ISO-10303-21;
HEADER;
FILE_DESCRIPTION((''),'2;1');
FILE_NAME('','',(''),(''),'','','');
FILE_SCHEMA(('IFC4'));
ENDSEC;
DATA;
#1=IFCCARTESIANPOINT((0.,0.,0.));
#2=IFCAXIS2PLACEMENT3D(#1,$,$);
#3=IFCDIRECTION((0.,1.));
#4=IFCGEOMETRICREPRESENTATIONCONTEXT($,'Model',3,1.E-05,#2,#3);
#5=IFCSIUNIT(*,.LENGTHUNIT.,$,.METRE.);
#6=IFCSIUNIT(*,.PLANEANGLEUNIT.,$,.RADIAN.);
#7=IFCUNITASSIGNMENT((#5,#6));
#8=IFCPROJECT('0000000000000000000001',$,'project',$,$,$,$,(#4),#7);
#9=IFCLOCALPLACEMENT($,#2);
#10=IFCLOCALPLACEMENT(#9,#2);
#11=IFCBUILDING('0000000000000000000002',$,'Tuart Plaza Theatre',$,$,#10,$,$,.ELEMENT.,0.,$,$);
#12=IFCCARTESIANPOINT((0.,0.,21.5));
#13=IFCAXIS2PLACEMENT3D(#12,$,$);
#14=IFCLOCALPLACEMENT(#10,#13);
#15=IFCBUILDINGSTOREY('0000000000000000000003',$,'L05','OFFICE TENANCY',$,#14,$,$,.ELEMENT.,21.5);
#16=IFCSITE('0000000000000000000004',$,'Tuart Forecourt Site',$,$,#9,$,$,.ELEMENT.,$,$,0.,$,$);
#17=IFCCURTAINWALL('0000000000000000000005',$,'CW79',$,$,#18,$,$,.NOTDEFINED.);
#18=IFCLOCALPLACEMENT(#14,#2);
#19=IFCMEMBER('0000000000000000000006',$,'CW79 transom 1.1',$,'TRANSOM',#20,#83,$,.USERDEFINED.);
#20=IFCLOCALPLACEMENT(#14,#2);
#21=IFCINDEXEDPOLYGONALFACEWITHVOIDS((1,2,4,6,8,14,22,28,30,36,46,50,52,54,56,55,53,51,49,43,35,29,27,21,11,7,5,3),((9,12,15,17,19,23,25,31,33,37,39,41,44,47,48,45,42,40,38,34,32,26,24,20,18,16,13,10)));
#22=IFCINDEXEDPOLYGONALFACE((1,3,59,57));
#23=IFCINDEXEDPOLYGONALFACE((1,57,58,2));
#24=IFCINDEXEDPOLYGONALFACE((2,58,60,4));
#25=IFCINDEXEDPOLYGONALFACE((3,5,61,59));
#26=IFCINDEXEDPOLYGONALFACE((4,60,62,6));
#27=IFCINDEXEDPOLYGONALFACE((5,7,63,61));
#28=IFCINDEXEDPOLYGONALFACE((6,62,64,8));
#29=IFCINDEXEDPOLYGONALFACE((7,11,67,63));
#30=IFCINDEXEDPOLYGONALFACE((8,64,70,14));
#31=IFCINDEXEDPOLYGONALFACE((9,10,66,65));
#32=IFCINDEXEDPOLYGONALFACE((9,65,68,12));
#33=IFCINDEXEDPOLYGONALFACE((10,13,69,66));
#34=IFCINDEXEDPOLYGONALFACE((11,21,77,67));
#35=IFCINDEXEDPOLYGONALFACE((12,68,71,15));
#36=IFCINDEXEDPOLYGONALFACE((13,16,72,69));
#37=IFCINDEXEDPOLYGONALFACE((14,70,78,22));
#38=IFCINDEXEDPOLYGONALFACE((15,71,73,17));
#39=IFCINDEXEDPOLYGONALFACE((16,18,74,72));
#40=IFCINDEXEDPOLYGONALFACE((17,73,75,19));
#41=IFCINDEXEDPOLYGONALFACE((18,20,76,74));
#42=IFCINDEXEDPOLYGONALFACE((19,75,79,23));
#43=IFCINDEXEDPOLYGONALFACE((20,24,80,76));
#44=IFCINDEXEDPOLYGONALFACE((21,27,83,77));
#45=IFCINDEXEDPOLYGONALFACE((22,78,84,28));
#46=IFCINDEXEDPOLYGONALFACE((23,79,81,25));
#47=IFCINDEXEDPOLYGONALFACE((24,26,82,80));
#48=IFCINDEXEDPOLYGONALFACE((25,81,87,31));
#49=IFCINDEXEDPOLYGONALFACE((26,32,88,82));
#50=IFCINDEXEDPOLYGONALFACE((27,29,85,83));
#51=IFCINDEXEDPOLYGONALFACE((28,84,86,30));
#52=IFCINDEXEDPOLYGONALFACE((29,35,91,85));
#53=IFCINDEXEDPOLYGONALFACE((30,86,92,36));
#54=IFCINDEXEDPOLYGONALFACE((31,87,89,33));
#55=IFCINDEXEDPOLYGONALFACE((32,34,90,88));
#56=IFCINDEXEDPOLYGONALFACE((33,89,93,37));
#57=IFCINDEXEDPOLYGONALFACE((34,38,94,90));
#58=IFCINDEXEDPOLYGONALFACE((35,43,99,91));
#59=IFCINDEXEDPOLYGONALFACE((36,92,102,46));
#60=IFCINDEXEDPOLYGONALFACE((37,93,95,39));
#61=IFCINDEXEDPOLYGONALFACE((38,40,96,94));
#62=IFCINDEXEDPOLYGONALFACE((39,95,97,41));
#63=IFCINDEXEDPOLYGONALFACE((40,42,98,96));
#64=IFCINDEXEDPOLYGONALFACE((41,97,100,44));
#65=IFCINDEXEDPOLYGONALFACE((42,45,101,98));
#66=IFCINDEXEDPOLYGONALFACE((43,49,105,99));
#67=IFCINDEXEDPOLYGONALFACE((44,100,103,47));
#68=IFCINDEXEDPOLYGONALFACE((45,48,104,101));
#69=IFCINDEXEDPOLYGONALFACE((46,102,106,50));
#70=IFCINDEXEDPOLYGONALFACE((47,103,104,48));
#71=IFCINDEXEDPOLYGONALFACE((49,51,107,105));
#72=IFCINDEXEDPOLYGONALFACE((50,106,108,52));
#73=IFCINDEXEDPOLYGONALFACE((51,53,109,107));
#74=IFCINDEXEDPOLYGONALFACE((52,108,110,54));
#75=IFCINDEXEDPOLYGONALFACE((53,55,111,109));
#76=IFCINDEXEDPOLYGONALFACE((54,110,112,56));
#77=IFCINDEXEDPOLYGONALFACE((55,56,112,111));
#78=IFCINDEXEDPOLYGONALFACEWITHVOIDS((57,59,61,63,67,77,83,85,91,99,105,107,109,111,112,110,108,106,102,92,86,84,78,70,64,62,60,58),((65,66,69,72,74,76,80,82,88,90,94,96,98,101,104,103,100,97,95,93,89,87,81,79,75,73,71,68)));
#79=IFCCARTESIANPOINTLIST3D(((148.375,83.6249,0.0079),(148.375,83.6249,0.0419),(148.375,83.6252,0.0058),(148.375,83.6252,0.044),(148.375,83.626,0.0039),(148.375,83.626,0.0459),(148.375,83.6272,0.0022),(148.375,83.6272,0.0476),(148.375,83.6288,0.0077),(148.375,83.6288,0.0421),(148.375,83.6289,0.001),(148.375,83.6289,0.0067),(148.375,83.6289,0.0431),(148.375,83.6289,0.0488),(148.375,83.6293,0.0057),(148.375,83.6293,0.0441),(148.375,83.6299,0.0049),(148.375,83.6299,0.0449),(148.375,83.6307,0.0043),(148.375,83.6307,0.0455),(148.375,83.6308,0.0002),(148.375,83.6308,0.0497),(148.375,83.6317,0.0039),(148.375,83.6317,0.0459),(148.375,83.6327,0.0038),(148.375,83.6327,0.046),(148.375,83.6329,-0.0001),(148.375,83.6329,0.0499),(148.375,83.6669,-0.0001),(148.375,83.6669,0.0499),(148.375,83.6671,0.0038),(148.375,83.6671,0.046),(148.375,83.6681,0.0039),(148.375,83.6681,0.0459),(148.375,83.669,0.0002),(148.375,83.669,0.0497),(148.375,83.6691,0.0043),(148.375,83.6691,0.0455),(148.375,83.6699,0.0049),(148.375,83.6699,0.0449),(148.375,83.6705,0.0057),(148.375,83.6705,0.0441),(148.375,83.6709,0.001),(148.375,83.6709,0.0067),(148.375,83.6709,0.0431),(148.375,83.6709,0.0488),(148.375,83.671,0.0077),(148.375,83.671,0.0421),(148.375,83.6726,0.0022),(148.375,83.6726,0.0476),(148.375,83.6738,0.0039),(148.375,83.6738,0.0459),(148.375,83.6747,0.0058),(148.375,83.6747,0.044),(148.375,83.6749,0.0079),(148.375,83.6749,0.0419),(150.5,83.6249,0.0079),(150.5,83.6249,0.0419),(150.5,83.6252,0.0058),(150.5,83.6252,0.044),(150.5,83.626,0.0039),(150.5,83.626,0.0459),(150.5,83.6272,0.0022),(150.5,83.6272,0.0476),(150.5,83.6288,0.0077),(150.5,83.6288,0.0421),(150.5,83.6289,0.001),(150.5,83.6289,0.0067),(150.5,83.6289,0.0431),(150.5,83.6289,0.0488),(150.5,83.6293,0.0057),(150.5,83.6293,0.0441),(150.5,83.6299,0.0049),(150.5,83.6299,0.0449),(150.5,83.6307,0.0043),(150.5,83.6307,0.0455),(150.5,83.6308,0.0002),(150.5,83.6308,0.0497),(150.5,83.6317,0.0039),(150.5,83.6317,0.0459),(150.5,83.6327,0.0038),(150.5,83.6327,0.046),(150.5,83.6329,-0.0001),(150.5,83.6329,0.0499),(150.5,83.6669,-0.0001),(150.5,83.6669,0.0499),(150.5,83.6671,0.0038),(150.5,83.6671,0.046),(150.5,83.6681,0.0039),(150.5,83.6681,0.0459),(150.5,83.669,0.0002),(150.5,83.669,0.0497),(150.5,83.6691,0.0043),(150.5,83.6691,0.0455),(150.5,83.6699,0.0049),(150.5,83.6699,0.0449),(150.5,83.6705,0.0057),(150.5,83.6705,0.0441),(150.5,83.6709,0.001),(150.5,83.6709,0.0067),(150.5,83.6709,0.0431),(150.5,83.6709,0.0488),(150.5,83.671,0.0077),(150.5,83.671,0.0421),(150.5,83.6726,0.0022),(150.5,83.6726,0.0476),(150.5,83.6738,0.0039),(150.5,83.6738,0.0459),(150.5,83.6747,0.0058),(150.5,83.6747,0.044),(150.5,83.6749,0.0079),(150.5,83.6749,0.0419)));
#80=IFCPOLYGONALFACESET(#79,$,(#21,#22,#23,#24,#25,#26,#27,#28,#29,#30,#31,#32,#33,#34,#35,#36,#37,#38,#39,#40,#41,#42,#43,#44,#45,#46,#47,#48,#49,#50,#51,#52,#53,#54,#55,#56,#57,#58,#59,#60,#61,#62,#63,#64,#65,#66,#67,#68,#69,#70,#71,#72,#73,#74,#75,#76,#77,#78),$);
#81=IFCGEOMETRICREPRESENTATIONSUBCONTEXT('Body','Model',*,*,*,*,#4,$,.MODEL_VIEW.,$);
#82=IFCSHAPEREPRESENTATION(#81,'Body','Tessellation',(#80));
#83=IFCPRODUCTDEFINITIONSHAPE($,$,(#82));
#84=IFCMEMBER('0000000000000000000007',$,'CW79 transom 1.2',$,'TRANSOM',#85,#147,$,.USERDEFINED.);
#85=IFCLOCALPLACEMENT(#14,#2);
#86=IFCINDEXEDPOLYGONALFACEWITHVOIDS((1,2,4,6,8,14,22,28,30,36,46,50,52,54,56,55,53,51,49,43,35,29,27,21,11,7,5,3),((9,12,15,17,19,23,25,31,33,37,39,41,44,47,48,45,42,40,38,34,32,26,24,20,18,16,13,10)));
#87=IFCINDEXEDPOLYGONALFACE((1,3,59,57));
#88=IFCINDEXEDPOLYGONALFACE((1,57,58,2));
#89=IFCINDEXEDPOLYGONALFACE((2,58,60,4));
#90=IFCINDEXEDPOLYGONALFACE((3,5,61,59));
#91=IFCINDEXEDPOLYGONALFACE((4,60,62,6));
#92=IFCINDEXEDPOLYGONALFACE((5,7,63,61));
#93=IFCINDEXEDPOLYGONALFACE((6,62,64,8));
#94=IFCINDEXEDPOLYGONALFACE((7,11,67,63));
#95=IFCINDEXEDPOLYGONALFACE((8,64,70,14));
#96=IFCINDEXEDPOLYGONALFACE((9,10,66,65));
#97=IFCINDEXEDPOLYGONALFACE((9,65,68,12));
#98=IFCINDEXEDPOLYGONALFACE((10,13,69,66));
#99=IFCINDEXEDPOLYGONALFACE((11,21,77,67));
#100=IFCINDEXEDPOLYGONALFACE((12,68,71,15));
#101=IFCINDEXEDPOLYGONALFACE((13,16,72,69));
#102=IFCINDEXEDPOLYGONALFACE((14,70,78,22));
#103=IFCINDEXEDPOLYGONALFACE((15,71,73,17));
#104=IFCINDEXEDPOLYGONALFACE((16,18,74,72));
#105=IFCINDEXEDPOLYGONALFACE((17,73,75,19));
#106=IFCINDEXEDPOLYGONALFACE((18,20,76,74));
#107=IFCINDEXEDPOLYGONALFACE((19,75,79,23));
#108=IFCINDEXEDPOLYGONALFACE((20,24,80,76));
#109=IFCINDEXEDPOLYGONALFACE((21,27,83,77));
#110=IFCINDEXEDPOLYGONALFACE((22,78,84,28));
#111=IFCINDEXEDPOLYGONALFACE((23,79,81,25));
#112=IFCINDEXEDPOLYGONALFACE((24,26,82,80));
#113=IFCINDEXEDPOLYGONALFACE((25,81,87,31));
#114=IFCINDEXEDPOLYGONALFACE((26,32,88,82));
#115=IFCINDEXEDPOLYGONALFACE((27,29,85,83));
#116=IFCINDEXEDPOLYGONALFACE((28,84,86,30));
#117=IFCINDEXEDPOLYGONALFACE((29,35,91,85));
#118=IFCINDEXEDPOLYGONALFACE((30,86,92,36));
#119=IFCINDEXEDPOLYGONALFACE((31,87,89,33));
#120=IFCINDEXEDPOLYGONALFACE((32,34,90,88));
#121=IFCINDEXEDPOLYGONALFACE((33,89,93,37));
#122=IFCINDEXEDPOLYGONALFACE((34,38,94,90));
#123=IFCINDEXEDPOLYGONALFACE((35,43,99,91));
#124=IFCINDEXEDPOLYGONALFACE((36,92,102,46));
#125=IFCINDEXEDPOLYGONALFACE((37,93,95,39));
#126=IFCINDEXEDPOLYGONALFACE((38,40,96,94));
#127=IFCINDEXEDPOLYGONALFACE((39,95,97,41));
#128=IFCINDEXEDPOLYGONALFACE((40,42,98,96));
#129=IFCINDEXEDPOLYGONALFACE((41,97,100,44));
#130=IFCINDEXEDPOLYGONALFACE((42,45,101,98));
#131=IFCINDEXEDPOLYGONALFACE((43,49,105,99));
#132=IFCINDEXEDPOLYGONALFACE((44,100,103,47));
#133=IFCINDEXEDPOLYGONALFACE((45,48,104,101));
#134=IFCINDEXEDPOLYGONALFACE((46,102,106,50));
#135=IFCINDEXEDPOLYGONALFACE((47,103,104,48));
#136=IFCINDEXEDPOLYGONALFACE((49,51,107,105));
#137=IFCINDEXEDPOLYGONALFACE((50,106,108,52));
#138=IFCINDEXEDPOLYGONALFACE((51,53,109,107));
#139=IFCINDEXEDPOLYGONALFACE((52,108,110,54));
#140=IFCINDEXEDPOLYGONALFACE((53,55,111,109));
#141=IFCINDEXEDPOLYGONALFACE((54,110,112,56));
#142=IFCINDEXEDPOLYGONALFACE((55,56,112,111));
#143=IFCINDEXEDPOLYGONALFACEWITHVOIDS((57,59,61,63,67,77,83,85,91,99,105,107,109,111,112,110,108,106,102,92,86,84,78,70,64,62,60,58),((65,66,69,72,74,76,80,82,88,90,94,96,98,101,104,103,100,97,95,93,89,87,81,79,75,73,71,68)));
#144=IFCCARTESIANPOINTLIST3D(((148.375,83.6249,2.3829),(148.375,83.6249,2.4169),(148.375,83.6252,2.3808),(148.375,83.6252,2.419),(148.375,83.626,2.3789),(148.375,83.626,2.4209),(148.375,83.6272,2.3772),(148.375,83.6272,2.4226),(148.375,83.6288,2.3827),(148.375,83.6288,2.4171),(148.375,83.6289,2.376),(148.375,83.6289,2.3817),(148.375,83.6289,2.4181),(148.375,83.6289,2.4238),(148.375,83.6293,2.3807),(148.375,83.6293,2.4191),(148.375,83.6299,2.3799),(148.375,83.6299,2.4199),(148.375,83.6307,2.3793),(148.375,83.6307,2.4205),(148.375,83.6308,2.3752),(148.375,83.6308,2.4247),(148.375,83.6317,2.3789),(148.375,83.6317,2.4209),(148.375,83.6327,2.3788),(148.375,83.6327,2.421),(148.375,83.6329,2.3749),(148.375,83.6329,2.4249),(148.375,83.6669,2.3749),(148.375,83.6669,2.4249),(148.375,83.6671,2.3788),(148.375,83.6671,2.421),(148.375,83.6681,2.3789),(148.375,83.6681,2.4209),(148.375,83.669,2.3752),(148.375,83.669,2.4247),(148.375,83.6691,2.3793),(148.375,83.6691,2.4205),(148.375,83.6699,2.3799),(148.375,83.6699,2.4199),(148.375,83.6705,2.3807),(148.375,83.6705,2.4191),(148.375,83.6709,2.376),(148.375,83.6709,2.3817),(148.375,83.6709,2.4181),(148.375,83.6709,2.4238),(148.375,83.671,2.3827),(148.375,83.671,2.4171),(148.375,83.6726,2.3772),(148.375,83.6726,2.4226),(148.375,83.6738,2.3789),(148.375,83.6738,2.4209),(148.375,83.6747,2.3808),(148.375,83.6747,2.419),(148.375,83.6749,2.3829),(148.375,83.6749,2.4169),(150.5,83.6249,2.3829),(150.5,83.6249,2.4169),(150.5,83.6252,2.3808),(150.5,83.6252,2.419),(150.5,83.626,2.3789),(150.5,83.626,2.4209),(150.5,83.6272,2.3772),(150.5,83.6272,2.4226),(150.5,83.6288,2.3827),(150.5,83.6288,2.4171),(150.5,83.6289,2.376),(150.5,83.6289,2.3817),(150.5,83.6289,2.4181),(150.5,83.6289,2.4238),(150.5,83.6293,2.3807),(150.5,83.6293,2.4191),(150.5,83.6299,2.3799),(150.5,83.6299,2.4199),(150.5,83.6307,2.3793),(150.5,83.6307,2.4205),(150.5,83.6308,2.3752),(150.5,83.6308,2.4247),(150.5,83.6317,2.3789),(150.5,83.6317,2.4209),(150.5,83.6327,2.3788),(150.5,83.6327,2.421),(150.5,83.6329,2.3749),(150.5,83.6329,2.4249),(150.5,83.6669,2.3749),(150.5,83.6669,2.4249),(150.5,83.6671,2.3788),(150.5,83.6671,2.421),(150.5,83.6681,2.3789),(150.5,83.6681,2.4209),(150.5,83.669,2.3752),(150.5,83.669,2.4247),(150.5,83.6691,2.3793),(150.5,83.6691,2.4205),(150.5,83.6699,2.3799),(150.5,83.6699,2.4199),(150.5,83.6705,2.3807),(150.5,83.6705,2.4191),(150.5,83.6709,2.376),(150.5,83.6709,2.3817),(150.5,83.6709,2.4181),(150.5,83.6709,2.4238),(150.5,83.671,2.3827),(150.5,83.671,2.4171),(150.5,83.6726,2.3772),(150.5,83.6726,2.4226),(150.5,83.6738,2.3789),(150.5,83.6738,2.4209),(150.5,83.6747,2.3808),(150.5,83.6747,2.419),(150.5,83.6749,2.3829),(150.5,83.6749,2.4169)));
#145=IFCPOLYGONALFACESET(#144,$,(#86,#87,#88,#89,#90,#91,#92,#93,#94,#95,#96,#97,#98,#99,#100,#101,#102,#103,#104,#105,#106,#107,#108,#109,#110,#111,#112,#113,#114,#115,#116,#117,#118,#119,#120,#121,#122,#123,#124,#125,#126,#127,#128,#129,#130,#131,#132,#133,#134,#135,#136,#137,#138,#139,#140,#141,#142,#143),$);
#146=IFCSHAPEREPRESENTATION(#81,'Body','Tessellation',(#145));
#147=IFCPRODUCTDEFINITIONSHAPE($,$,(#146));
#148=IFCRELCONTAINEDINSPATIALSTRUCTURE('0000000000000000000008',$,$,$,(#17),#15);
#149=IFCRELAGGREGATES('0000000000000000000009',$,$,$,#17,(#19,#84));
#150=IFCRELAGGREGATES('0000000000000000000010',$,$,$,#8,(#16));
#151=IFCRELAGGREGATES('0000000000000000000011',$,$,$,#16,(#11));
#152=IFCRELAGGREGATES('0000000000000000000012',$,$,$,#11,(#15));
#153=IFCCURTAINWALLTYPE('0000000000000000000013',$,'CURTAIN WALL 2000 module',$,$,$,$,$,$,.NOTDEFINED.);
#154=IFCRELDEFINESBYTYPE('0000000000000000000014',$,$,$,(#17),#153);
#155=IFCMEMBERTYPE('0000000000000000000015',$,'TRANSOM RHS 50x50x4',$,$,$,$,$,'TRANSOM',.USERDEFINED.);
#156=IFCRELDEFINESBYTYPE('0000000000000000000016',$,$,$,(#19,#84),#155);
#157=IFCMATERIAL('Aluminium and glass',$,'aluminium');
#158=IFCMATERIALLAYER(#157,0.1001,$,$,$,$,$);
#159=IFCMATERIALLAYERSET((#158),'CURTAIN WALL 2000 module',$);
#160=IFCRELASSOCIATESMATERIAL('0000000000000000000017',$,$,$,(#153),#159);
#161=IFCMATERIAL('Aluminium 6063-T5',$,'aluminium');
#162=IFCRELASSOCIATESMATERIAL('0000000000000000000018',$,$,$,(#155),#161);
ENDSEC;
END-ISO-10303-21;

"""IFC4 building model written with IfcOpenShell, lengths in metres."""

from ifc_helpers import new_model, si_unit, direction, frame, origin, origin_2d, place, context, subcontext, project, spatial, hollow_rectangle, extrude, material, layer, layer_set, material_profile, profile_set, type_object, element, aggregate, save


model = new_model("IFC4")

# Units and contexts
model_context = context("Model", 3, precision=1e-05, world=origin(), true_north=direction((0.0, 1.0)))
body_context = subcontext(model_context, "Body", "Model", "MODEL_VIEW")
ifc_project = project(units=[si_unit("LENGTHUNIT", "METRE"), si_unit("PLANEANGLEUNIT", "RADIAN")], contexts=[model_context])

# Site, building, storey
site_placement = place(None, origin())
site = spatial("IfcSite", under=ifc_project, at=site_placement, Name="Tuart Forecourt Site", CompositionType="ELEMENT", RefElevation=0.0)
building_placement = place(site_placement, origin())
building = spatial("IfcBuilding", under=site, at=building_placement, Name="Tuart Plaza Theatre", CompositionType="ELEMENT", ElevationOfRefHeight=0.0)
storey_placement = place(building_placement, frame((0.0, 0.0, 21.5)))
storey = spatial("IfcBuildingStorey", under=building, at=storey_placement, Name="L05", Description="OFFICE TENANCY", CompositionType="ELEMENT", Elevation=21.5)

# Shared definitions
ifc_material_1 = material(Name="Aluminium and glass", Category="aluminium")
ifc_layer_1 = layer(ifc_material_1, 0.1001)
ifc_layer_set_1 = layer_set([ifc_layer_1], Name="CURTAIN WALL 2000 module")
curtain_wall_type = type_object("IfcCurtainWallType", Name="CURTAIN WALL 2000 module", PredefinedType="NOTDEFINED", material=ifc_layer_set_1)

# Curtain wall
curtain_wall_1_placement = place(storey_placement, origin())
curtain_wall_1 = element("IfcCurtainWall", 1, at=curtain_wall_1_placement, inside=storey, type_object=curtain_wall_type, Name="CW79", PredefinedType="NOTDEFINED")

# Members
ifc_material_2 = material(Name="Aluminium 6063-T5", Category="aluminium")
ifc_material_profile_1 = material_profile(ifc_material_2, hollow_rectangle(XDim=0.05, YDim=0.05, WallThickness=0.0039, InnerFilletRadius=0.0039, OuterFilletRadius=0.0081, at=origin_2d()), Name="RHS 50x50x4")
ifc_profile_set_1 = profile_set([ifc_material_profile_1], Name="Aluminium 6063-T5")
member_type_1 = type_object("IfcMemberType", Name="TRANSOM RHS 50x50x4", ElementType="TRANSOM", PredefinedType="USERDEFINED", material=ifc_profile_set_1)
member_1_placement = place(storey_placement, frame((150.5, 83.6499, 0.0249), z_axis=(-1.0, 0.0, 0.0), x_axis=(0.0, -1.0, 0.0)))
member_1 = element("IfcMember", 2, at=member_1_placement, type_object=member_type_1, Name="CW79 transom 1.1", ObjectType="TRANSOM", PredefinedType="USERDEFINED", context=body_context, shape_type="SweptSolid", body=[
    extrude(hollow_rectangle(XDim=0.05, YDim=0.05, WallThickness=0.0039, InnerFilletRadius=0.0039, OuterFilletRadius=0.0081, at=origin_2d()), origin(), (0.0, 0.0, 1.0), 2.125),
])
member_2_placement = place(storey_placement, frame((150.5, 83.6499, 2.3999), z_axis=(-1.0, 0.0, 0.0), x_axis=(0.0, -1.0, 0.0)))
member_2 = element("IfcMember", 3, at=member_2_placement, type_object=member_type_1, Name="CW79 transom 1.2", ObjectType="TRANSOM", PredefinedType="USERDEFINED", context=body_context, shape_type="SweptSolid", body=[
    extrude(hollow_rectangle(XDim=0.05, YDim=0.05, WallThickness=0.0039, InnerFilletRadius=0.0039, OuterFilletRadius=0.0081, at=origin_2d()), origin(), (0.0, 0.0, 1.0), 2.125),
])

aggregate(curtain_wall_1, [member_1, member_2])

save(model, "model.ifc")
